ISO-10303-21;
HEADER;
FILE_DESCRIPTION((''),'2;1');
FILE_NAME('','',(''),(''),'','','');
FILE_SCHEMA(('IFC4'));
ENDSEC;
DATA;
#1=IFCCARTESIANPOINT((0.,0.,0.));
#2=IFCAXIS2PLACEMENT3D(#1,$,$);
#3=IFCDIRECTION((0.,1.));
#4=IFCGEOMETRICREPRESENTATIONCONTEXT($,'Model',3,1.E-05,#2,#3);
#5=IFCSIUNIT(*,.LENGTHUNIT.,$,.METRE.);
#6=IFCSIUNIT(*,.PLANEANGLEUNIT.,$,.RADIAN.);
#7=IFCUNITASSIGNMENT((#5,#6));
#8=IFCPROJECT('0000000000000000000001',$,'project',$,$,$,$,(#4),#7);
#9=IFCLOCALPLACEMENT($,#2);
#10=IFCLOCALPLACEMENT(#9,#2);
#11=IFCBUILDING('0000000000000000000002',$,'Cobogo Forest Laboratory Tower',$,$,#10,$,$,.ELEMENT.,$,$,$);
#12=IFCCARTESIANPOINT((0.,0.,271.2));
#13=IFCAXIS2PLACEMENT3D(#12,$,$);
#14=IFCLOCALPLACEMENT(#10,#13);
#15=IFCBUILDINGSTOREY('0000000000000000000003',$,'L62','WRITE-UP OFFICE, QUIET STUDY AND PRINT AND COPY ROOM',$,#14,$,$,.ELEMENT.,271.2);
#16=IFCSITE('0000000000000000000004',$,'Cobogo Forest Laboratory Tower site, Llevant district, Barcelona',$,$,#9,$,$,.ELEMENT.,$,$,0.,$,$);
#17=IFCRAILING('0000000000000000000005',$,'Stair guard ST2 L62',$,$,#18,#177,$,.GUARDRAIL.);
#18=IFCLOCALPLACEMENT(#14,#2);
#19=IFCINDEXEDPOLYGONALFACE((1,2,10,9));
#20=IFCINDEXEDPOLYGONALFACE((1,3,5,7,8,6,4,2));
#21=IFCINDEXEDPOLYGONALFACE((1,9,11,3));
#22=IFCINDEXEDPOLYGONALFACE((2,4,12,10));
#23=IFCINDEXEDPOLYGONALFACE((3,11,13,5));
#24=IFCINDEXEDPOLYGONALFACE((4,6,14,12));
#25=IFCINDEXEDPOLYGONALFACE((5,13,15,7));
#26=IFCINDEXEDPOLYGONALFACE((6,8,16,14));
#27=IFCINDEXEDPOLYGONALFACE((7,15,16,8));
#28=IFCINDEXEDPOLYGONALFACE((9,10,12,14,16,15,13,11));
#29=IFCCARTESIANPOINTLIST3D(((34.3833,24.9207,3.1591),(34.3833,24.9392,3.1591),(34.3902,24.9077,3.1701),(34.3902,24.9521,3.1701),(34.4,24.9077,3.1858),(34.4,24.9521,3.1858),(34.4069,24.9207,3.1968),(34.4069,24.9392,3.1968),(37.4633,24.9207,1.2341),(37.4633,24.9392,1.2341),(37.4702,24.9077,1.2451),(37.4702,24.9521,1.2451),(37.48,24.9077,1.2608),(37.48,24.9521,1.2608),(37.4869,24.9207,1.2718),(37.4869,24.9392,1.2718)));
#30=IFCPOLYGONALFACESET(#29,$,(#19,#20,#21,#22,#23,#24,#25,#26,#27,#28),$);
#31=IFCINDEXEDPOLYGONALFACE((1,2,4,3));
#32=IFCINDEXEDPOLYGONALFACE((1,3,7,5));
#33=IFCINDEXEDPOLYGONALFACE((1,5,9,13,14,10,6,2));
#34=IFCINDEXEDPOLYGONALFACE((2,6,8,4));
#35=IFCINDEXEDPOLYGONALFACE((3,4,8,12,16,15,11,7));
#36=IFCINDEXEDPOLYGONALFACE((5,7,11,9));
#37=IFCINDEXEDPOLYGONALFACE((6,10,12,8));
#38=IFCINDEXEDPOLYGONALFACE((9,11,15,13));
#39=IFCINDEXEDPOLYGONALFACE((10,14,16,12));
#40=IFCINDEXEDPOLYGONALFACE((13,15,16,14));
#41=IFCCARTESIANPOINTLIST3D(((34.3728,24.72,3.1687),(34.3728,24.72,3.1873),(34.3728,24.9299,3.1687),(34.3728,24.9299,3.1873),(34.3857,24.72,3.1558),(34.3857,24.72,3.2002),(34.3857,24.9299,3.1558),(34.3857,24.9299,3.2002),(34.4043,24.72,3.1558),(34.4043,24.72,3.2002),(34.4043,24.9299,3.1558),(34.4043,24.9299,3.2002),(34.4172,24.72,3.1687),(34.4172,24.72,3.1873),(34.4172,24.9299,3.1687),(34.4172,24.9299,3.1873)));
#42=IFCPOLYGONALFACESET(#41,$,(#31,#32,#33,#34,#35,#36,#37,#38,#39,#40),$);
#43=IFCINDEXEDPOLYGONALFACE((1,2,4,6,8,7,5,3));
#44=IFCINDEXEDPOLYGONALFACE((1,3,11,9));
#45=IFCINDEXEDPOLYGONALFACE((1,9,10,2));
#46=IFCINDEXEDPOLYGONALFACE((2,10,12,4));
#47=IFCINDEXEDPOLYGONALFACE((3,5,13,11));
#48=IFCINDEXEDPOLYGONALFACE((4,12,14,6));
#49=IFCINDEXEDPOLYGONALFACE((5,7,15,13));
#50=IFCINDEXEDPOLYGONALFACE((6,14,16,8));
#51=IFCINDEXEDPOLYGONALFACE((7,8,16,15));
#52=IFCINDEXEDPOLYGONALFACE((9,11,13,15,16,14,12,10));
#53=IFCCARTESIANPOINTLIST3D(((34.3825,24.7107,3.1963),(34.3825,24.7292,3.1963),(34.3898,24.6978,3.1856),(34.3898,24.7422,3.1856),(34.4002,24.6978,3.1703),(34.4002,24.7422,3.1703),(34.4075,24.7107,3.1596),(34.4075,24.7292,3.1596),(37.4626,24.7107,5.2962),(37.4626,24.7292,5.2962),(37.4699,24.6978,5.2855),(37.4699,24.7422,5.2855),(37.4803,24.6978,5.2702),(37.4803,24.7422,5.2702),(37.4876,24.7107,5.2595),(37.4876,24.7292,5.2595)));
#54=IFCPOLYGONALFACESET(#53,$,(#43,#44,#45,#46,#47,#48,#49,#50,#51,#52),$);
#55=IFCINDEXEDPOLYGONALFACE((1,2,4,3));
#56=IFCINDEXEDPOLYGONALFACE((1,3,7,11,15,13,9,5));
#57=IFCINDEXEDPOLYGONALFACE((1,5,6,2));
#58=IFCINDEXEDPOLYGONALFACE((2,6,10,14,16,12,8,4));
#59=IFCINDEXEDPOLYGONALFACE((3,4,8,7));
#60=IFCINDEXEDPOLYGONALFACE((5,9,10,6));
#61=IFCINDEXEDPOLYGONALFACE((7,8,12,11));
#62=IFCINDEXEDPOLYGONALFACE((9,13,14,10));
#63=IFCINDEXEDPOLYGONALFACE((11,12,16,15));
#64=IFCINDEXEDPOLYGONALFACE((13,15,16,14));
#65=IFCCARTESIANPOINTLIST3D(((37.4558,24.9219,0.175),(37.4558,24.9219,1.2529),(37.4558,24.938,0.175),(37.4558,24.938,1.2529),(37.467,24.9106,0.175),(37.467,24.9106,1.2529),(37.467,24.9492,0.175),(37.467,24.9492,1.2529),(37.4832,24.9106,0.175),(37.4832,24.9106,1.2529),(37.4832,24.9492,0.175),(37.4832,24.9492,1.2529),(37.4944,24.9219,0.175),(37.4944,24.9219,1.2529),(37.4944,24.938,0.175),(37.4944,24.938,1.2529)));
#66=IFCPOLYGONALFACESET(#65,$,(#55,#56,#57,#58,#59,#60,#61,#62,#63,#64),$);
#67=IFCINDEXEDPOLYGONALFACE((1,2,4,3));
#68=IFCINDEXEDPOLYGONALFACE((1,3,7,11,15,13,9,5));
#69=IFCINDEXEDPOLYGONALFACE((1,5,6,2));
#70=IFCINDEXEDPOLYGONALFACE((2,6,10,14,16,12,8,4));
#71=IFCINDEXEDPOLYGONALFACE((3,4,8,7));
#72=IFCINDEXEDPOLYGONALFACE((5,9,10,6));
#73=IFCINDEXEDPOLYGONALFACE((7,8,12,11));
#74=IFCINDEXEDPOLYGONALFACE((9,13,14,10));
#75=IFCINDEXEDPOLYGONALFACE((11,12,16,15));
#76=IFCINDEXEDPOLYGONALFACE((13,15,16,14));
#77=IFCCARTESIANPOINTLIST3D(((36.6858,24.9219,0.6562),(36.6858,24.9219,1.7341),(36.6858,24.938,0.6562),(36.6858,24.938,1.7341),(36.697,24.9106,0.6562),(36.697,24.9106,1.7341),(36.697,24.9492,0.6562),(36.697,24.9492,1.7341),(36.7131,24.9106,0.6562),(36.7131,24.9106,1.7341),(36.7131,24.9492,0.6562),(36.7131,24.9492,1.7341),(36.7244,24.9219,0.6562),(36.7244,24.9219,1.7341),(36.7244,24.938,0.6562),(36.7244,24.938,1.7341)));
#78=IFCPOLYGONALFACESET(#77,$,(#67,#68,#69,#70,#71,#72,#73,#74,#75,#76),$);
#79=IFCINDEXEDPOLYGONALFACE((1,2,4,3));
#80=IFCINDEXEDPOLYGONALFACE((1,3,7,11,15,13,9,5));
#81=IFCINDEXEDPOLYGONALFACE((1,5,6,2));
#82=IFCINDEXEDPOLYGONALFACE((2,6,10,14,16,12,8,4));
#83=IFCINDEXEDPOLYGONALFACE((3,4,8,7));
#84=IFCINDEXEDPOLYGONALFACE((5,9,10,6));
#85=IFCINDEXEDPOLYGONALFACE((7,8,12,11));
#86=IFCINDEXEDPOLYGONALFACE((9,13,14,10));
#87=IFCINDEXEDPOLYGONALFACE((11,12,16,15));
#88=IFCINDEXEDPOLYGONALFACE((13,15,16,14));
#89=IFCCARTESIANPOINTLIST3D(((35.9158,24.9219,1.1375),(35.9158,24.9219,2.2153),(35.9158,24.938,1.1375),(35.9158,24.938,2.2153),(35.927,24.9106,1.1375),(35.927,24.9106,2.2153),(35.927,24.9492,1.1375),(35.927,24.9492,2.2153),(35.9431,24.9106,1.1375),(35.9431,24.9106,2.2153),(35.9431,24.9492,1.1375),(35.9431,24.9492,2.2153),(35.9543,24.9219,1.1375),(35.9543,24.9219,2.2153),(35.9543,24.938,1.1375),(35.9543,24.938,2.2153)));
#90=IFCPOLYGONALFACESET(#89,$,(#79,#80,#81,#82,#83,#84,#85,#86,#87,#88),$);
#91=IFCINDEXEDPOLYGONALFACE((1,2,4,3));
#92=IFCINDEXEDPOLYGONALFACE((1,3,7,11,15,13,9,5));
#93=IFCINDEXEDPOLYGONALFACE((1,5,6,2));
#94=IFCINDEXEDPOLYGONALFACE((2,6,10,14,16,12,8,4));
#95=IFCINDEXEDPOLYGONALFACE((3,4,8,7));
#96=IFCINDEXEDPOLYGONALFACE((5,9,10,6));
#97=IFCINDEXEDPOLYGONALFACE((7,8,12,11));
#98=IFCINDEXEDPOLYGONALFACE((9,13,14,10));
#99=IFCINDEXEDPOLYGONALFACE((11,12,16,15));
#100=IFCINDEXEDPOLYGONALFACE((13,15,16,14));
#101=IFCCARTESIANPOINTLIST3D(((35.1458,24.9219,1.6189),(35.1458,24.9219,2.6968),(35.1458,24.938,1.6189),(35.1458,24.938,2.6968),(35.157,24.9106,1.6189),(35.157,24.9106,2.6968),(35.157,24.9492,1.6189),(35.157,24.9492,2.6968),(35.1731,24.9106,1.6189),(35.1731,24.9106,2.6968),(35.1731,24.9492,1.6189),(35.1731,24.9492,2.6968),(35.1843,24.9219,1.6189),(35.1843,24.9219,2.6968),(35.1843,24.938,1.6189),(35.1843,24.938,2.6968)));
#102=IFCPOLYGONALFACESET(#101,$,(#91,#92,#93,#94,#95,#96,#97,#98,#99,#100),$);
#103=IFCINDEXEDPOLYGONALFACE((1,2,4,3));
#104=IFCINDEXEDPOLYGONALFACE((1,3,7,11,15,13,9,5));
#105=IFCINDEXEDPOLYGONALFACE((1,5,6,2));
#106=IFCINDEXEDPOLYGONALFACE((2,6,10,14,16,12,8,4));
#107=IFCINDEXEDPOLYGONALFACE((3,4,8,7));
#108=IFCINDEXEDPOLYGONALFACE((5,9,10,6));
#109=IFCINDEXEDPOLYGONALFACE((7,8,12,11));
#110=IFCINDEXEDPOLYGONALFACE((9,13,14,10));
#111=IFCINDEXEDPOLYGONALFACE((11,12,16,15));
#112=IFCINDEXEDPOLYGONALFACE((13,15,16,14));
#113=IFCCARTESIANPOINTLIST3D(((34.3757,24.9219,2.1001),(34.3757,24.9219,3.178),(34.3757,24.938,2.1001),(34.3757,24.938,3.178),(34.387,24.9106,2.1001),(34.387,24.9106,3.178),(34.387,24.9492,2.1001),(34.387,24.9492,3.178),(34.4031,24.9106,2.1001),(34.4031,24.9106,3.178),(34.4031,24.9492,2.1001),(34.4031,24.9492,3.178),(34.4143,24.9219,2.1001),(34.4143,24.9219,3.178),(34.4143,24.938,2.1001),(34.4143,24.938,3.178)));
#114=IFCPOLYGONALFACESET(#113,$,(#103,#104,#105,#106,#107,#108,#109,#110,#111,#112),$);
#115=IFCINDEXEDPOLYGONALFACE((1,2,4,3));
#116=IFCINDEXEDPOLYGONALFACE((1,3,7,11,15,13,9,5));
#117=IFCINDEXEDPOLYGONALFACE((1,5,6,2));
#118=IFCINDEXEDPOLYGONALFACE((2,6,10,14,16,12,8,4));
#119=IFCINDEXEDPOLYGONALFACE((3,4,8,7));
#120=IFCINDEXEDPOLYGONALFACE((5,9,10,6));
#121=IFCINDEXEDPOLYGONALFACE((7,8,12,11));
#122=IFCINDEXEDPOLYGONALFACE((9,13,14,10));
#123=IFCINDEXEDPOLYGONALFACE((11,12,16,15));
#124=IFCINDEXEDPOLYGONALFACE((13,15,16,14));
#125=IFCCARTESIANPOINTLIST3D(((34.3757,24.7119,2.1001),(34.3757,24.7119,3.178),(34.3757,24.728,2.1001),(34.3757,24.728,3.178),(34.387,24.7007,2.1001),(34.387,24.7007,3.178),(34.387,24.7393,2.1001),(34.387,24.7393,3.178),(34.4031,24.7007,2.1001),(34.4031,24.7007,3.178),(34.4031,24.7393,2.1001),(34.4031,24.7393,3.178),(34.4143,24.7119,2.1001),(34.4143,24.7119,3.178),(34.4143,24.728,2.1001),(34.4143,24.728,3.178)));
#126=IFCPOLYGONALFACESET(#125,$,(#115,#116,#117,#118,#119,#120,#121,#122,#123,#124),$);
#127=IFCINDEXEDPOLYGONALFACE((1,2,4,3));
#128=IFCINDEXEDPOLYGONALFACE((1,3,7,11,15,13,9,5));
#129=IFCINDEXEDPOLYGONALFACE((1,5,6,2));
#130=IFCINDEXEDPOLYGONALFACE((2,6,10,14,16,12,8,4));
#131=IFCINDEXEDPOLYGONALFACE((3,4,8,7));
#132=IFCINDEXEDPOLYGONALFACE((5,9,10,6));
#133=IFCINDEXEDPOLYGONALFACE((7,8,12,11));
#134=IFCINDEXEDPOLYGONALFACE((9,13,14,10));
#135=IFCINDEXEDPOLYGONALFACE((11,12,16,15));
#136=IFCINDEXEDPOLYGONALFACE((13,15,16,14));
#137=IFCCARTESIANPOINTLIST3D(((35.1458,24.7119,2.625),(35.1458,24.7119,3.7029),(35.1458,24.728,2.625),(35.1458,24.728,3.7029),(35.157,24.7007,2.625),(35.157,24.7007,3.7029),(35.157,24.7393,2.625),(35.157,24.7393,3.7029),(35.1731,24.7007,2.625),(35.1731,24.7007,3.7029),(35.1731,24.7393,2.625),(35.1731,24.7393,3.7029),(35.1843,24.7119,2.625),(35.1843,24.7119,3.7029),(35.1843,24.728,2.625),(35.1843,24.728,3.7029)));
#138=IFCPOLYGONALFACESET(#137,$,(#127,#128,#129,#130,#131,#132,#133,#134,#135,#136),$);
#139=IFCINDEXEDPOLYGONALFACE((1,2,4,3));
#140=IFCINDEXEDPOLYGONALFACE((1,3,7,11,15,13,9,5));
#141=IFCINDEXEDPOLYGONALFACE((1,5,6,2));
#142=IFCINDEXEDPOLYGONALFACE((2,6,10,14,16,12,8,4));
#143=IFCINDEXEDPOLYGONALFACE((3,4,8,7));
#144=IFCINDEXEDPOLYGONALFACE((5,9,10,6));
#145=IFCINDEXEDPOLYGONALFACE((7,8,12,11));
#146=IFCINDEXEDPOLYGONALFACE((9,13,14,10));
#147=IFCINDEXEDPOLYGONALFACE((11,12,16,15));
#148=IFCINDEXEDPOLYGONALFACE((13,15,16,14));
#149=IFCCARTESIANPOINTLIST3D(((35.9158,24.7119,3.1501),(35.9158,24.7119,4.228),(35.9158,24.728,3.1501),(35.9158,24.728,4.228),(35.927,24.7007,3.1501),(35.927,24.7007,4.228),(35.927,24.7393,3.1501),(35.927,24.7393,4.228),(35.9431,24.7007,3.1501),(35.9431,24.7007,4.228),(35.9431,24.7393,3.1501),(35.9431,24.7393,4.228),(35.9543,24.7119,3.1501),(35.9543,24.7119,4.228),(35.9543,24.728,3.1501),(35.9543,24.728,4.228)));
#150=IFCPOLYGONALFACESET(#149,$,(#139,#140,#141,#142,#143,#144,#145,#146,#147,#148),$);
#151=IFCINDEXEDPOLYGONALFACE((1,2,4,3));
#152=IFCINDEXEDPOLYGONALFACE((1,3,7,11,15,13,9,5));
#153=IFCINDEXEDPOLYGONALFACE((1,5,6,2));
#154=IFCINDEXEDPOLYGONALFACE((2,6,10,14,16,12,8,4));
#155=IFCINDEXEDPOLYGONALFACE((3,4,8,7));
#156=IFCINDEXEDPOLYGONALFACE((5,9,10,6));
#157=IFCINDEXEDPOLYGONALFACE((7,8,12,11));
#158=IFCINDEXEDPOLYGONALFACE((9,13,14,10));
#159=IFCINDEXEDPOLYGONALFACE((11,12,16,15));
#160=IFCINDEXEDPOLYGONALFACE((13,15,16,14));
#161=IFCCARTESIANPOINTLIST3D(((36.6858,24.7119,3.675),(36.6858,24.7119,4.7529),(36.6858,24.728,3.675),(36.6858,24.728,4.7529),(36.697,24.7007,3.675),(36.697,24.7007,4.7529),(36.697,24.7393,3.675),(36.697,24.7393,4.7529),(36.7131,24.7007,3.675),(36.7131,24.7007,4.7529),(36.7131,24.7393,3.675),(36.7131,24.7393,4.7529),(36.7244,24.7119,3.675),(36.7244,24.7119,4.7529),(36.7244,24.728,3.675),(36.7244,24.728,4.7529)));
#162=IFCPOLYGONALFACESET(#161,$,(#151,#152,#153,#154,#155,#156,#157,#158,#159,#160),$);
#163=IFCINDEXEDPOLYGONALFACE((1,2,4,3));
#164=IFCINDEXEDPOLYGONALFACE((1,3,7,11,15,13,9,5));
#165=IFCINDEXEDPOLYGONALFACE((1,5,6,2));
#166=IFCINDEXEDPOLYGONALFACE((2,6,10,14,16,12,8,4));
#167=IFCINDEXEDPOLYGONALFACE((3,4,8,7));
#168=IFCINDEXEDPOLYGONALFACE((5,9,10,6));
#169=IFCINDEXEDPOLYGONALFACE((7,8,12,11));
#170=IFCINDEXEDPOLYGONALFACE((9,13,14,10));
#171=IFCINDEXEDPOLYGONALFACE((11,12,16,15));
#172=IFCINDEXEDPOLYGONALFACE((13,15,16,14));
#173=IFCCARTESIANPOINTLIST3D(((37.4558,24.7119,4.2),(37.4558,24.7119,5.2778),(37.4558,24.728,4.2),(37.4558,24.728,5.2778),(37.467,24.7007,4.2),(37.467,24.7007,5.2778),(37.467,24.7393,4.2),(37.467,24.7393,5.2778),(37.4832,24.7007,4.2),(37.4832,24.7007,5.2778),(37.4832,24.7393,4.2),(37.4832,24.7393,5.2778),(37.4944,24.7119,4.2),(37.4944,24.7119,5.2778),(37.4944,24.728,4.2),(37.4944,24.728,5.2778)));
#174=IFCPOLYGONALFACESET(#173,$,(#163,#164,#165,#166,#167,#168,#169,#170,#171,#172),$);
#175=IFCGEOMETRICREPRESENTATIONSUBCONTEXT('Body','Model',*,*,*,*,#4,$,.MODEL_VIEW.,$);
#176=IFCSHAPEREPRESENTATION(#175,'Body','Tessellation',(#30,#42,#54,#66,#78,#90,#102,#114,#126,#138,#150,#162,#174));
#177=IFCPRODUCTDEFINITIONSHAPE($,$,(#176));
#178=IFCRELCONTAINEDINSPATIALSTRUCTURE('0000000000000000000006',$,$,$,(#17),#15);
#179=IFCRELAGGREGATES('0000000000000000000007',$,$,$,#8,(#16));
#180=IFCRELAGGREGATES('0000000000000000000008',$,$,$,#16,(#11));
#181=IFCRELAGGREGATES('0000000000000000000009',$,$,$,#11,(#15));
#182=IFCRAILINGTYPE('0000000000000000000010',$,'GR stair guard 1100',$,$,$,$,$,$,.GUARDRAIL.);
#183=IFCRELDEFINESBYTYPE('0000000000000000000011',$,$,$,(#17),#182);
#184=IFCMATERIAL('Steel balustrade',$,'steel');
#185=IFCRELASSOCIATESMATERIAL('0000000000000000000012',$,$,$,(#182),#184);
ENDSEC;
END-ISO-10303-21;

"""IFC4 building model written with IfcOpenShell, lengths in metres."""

from ifc_helpers import new_model, si_unit, direction, frame, origin, place, context, subcontext, project, spatial, polyline, outline, extrude, material, type_object, element, save


model = new_model("IFC4")

# Units and contexts
model_context = context("Model", 3, precision=1e-05, world=origin(), true_north=direction((0.0, 1.0)))
body_context = subcontext(model_context, "Body", "Model", "MODEL_VIEW")
ifc_project = project(units=[si_unit("LENGTHUNIT", "METRE"), si_unit("PLANEANGLEUNIT", "RADIAN")], contexts=[model_context])

# Site, building, storey
site_placement = place(None, origin())
site = spatial("IfcSite", under=ifc_project, at=site_placement, Name="Cobogo Forest Laboratory Tower site, Llevant district, Barcelona", CompositionType="ELEMENT", RefElevation=0.0)
building_placement = place(site_placement, origin())
building = spatial("IfcBuilding", under=site, at=building_placement, Name="Cobogo Forest Laboratory Tower", CompositionType="ELEMENT")
storey_placement = place(building_placement, frame((0.0, 0.0, 271.2)))
storey = spatial("IfcBuildingStorey", under=building, at=storey_placement, Name="L62", Description="WRITE-UP OFFICE, QUIET STUDY AND PRINT AND COPY ROOM", CompositionType="ELEMENT", Elevation=271.2)

# Railing
ifc_material_1 = material(Name="Steel balustrade", Category="steel")
railing_type_1 = type_object("IfcRailingType", Name="GR stair guard 1100", PredefinedType="GUARDRAIL", material=ifc_material_1)
railing_1_placement = place(storey_placement, frame((37.4751, 24.9299, 0.175)))
element("IfcRailing", 1, at=railing_1_placement, inside=storey, type_object=railing_type_1, Name="Stair guard ST2 L62", PredefinedType="GUARDRAIL", context=body_context, shape_type="SweptSolid", body=[
    extrude(outline(polyline([(0.0222, 0.0093), (0.0093, 0.0222), (-0.0093, 0.0222), (-0.0222, 0.0093), (-0.0222, -0.0093), (-0.0093, -0.0222), (0.0093, -0.0222), (0.0222, -0.0093), (0.0222, 0.0093)])), frame((0.0, 0.0, 1.0779), z_axis=(-0.847998, 0.0, 0.529999), x_axis=(0.0, -1.0, 0.0)), (0.0, 0.0, 1.0), 3.6321),
    extrude(outline(polyline([(0.0222, 0.0093), (0.0093, 0.0222), (-0.0093, 0.0222), (-0.0222, 0.0093), (-0.0222, -0.0093), (-0.0093, -0.0222), (0.0093, -0.0222), (0.0222, -0.0093), (0.0222, 0.0093)])), frame((-3.0801, 0.0, 3.0029), z_axis=(0.0, -1.0, 0.0), x_axis=(1.0, 0.0, 0.0)), (0.0, 0.0, 1.0), 0.21),
    extrude(outline(polyline([(0.0222, 0.0093), (0.0093, 0.0222), (-0.0093, 0.0222), (-0.0222, 0.0093), (-0.0222, -0.0093), (-0.0093, -0.0222), (0.0093, -0.0222), (0.0222, -0.0093), (0.0222, 0.0093)])), frame((-3.0801, -0.21, 3.0029), z_axis=(0.826252, 0.0, 0.5633), x_axis=(0.0, 1.0, 0.0)), (0.0, 0.0, 1.0), 3.7278),
    extrude(outline(polyline([(0.0193, 0.0081), (0.0081, 0.0193), (-0.0081, 0.0193), (-0.0193, 0.0081), (-0.0193, -0.0081), (-0.0081, -0.0193), (0.0081, -0.0193), (0.0193, -0.0081), (0.0193, 0.0081)])), origin(), (0.0, 0.0, 1.0), 1.0779),
    extrude(outline(polyline([(0.0193, 0.0081), (0.0081, 0.0193), (-0.0081, 0.0193), (-0.0193, 0.0081), (-0.0193, -0.0081), (-0.0081, -0.0193), (0.0081, -0.0193), (0.0193, -0.0081), (0.0193, 0.0081)])), frame((-0.77, 0.0, 0.4812)), (0.0, 0.0, 1.0), 1.0779),
    extrude(outline(polyline([(0.0193, 0.0081), (0.0081, 0.0193), (-0.0081, 0.0193), (-0.0193, 0.0081), (-0.0193, -0.0081), (-0.0081, -0.0193), (0.0081, -0.0193), (0.0193, -0.0081), (0.0193, 0.0081)])), frame((-1.54, 0.0, 0.9624)), (0.0, 0.0, 1.0), 1.0779),
    extrude(outline(polyline([(0.0193, 0.0081), (0.0081, 0.0193), (-0.0081, 0.0193), (-0.0193, 0.0081), (-0.0193, -0.0081), (-0.0081, -0.0193), (0.0081, -0.0193), (0.0193, -0.0081), (0.0193, 0.0081)])), frame((-2.3101, 0.0, 1.4438)), (0.0, 0.0, 1.0), 1.0779),
    extrude(outline(polyline([(0.0193, 0.0081), (0.0081, 0.0193), (-0.0081, 0.0193), (-0.0193, 0.0081), (-0.0193, -0.0081), (-0.0081, -0.0193), (0.0081, -0.0193), (0.0193, -0.0081), (0.0193, 0.0081)])), frame((-3.0801, 0.0, 1.925)), (0.0, 0.0, 1.0), 1.0779),
    extrude(outline(polyline([(0.0193, 0.0081), (0.0081, 0.0193), (-0.0081, 0.0193), (-0.0193, 0.0081), (-0.0193, -0.0081), (-0.0081, -0.0193), (0.0081, -0.0193), (0.0193, -0.0081), (0.0193, 0.0081)])), frame((-3.0801, -0.21, 1.925)), (0.0, 0.0, 1.0), 1.0779),
    extrude(outline(polyline([(0.0193, 0.0081), (0.0081, 0.0193), (-0.0081, 0.0193), (-0.0193, 0.0081), (-0.0193, -0.0081), (-0.0081, -0.0193), (0.0081, -0.0193), (0.0193, -0.0081), (0.0193, 0.0081)])), frame((-2.3101, -0.21, 2.45)), (0.0, 0.0, 1.0), 1.0779),
    extrude(outline(polyline([(0.0193, 0.0081), (0.0081, 0.0193), (-0.0081, 0.0193), (-0.0193, 0.0081), (-0.0193, -0.0081), (-0.0081, -0.0193), (0.0081, -0.0193), (0.0193, -0.0081), (0.0193, 0.0081)])), frame((-1.54, -0.21, 2.9751)), (0.0, 0.0, 1.0), 1.0779),
    extrude(outline(polyline([(0.0193, 0.0081), (0.0081, 0.0193), (-0.0081, 0.0193), (-0.0193, 0.0081), (-0.0193, -0.0081), (-0.0081, -0.0193), (0.0081, -0.0193), (0.0193, -0.0081), (0.0193, 0.0081)])), frame((-0.77, -0.21, 3.5)), (0.0, 0.0, 1.0), 1.0779),
    extrude(outline(polyline([(0.0193, 0.0081), (0.0081, 0.0193), (-0.0081, 0.0193), (-0.0193, 0.0081), (-0.0193, -0.0081), (-0.0081, -0.0193), (0.0081, -0.0193), (0.0193, -0.0081), (0.0193, 0.0081)])), frame((0.0, -0.21, 4.0249)), (0.0, 0.0, 1.0), 1.0779),
])

save(model, "model.ifc")
